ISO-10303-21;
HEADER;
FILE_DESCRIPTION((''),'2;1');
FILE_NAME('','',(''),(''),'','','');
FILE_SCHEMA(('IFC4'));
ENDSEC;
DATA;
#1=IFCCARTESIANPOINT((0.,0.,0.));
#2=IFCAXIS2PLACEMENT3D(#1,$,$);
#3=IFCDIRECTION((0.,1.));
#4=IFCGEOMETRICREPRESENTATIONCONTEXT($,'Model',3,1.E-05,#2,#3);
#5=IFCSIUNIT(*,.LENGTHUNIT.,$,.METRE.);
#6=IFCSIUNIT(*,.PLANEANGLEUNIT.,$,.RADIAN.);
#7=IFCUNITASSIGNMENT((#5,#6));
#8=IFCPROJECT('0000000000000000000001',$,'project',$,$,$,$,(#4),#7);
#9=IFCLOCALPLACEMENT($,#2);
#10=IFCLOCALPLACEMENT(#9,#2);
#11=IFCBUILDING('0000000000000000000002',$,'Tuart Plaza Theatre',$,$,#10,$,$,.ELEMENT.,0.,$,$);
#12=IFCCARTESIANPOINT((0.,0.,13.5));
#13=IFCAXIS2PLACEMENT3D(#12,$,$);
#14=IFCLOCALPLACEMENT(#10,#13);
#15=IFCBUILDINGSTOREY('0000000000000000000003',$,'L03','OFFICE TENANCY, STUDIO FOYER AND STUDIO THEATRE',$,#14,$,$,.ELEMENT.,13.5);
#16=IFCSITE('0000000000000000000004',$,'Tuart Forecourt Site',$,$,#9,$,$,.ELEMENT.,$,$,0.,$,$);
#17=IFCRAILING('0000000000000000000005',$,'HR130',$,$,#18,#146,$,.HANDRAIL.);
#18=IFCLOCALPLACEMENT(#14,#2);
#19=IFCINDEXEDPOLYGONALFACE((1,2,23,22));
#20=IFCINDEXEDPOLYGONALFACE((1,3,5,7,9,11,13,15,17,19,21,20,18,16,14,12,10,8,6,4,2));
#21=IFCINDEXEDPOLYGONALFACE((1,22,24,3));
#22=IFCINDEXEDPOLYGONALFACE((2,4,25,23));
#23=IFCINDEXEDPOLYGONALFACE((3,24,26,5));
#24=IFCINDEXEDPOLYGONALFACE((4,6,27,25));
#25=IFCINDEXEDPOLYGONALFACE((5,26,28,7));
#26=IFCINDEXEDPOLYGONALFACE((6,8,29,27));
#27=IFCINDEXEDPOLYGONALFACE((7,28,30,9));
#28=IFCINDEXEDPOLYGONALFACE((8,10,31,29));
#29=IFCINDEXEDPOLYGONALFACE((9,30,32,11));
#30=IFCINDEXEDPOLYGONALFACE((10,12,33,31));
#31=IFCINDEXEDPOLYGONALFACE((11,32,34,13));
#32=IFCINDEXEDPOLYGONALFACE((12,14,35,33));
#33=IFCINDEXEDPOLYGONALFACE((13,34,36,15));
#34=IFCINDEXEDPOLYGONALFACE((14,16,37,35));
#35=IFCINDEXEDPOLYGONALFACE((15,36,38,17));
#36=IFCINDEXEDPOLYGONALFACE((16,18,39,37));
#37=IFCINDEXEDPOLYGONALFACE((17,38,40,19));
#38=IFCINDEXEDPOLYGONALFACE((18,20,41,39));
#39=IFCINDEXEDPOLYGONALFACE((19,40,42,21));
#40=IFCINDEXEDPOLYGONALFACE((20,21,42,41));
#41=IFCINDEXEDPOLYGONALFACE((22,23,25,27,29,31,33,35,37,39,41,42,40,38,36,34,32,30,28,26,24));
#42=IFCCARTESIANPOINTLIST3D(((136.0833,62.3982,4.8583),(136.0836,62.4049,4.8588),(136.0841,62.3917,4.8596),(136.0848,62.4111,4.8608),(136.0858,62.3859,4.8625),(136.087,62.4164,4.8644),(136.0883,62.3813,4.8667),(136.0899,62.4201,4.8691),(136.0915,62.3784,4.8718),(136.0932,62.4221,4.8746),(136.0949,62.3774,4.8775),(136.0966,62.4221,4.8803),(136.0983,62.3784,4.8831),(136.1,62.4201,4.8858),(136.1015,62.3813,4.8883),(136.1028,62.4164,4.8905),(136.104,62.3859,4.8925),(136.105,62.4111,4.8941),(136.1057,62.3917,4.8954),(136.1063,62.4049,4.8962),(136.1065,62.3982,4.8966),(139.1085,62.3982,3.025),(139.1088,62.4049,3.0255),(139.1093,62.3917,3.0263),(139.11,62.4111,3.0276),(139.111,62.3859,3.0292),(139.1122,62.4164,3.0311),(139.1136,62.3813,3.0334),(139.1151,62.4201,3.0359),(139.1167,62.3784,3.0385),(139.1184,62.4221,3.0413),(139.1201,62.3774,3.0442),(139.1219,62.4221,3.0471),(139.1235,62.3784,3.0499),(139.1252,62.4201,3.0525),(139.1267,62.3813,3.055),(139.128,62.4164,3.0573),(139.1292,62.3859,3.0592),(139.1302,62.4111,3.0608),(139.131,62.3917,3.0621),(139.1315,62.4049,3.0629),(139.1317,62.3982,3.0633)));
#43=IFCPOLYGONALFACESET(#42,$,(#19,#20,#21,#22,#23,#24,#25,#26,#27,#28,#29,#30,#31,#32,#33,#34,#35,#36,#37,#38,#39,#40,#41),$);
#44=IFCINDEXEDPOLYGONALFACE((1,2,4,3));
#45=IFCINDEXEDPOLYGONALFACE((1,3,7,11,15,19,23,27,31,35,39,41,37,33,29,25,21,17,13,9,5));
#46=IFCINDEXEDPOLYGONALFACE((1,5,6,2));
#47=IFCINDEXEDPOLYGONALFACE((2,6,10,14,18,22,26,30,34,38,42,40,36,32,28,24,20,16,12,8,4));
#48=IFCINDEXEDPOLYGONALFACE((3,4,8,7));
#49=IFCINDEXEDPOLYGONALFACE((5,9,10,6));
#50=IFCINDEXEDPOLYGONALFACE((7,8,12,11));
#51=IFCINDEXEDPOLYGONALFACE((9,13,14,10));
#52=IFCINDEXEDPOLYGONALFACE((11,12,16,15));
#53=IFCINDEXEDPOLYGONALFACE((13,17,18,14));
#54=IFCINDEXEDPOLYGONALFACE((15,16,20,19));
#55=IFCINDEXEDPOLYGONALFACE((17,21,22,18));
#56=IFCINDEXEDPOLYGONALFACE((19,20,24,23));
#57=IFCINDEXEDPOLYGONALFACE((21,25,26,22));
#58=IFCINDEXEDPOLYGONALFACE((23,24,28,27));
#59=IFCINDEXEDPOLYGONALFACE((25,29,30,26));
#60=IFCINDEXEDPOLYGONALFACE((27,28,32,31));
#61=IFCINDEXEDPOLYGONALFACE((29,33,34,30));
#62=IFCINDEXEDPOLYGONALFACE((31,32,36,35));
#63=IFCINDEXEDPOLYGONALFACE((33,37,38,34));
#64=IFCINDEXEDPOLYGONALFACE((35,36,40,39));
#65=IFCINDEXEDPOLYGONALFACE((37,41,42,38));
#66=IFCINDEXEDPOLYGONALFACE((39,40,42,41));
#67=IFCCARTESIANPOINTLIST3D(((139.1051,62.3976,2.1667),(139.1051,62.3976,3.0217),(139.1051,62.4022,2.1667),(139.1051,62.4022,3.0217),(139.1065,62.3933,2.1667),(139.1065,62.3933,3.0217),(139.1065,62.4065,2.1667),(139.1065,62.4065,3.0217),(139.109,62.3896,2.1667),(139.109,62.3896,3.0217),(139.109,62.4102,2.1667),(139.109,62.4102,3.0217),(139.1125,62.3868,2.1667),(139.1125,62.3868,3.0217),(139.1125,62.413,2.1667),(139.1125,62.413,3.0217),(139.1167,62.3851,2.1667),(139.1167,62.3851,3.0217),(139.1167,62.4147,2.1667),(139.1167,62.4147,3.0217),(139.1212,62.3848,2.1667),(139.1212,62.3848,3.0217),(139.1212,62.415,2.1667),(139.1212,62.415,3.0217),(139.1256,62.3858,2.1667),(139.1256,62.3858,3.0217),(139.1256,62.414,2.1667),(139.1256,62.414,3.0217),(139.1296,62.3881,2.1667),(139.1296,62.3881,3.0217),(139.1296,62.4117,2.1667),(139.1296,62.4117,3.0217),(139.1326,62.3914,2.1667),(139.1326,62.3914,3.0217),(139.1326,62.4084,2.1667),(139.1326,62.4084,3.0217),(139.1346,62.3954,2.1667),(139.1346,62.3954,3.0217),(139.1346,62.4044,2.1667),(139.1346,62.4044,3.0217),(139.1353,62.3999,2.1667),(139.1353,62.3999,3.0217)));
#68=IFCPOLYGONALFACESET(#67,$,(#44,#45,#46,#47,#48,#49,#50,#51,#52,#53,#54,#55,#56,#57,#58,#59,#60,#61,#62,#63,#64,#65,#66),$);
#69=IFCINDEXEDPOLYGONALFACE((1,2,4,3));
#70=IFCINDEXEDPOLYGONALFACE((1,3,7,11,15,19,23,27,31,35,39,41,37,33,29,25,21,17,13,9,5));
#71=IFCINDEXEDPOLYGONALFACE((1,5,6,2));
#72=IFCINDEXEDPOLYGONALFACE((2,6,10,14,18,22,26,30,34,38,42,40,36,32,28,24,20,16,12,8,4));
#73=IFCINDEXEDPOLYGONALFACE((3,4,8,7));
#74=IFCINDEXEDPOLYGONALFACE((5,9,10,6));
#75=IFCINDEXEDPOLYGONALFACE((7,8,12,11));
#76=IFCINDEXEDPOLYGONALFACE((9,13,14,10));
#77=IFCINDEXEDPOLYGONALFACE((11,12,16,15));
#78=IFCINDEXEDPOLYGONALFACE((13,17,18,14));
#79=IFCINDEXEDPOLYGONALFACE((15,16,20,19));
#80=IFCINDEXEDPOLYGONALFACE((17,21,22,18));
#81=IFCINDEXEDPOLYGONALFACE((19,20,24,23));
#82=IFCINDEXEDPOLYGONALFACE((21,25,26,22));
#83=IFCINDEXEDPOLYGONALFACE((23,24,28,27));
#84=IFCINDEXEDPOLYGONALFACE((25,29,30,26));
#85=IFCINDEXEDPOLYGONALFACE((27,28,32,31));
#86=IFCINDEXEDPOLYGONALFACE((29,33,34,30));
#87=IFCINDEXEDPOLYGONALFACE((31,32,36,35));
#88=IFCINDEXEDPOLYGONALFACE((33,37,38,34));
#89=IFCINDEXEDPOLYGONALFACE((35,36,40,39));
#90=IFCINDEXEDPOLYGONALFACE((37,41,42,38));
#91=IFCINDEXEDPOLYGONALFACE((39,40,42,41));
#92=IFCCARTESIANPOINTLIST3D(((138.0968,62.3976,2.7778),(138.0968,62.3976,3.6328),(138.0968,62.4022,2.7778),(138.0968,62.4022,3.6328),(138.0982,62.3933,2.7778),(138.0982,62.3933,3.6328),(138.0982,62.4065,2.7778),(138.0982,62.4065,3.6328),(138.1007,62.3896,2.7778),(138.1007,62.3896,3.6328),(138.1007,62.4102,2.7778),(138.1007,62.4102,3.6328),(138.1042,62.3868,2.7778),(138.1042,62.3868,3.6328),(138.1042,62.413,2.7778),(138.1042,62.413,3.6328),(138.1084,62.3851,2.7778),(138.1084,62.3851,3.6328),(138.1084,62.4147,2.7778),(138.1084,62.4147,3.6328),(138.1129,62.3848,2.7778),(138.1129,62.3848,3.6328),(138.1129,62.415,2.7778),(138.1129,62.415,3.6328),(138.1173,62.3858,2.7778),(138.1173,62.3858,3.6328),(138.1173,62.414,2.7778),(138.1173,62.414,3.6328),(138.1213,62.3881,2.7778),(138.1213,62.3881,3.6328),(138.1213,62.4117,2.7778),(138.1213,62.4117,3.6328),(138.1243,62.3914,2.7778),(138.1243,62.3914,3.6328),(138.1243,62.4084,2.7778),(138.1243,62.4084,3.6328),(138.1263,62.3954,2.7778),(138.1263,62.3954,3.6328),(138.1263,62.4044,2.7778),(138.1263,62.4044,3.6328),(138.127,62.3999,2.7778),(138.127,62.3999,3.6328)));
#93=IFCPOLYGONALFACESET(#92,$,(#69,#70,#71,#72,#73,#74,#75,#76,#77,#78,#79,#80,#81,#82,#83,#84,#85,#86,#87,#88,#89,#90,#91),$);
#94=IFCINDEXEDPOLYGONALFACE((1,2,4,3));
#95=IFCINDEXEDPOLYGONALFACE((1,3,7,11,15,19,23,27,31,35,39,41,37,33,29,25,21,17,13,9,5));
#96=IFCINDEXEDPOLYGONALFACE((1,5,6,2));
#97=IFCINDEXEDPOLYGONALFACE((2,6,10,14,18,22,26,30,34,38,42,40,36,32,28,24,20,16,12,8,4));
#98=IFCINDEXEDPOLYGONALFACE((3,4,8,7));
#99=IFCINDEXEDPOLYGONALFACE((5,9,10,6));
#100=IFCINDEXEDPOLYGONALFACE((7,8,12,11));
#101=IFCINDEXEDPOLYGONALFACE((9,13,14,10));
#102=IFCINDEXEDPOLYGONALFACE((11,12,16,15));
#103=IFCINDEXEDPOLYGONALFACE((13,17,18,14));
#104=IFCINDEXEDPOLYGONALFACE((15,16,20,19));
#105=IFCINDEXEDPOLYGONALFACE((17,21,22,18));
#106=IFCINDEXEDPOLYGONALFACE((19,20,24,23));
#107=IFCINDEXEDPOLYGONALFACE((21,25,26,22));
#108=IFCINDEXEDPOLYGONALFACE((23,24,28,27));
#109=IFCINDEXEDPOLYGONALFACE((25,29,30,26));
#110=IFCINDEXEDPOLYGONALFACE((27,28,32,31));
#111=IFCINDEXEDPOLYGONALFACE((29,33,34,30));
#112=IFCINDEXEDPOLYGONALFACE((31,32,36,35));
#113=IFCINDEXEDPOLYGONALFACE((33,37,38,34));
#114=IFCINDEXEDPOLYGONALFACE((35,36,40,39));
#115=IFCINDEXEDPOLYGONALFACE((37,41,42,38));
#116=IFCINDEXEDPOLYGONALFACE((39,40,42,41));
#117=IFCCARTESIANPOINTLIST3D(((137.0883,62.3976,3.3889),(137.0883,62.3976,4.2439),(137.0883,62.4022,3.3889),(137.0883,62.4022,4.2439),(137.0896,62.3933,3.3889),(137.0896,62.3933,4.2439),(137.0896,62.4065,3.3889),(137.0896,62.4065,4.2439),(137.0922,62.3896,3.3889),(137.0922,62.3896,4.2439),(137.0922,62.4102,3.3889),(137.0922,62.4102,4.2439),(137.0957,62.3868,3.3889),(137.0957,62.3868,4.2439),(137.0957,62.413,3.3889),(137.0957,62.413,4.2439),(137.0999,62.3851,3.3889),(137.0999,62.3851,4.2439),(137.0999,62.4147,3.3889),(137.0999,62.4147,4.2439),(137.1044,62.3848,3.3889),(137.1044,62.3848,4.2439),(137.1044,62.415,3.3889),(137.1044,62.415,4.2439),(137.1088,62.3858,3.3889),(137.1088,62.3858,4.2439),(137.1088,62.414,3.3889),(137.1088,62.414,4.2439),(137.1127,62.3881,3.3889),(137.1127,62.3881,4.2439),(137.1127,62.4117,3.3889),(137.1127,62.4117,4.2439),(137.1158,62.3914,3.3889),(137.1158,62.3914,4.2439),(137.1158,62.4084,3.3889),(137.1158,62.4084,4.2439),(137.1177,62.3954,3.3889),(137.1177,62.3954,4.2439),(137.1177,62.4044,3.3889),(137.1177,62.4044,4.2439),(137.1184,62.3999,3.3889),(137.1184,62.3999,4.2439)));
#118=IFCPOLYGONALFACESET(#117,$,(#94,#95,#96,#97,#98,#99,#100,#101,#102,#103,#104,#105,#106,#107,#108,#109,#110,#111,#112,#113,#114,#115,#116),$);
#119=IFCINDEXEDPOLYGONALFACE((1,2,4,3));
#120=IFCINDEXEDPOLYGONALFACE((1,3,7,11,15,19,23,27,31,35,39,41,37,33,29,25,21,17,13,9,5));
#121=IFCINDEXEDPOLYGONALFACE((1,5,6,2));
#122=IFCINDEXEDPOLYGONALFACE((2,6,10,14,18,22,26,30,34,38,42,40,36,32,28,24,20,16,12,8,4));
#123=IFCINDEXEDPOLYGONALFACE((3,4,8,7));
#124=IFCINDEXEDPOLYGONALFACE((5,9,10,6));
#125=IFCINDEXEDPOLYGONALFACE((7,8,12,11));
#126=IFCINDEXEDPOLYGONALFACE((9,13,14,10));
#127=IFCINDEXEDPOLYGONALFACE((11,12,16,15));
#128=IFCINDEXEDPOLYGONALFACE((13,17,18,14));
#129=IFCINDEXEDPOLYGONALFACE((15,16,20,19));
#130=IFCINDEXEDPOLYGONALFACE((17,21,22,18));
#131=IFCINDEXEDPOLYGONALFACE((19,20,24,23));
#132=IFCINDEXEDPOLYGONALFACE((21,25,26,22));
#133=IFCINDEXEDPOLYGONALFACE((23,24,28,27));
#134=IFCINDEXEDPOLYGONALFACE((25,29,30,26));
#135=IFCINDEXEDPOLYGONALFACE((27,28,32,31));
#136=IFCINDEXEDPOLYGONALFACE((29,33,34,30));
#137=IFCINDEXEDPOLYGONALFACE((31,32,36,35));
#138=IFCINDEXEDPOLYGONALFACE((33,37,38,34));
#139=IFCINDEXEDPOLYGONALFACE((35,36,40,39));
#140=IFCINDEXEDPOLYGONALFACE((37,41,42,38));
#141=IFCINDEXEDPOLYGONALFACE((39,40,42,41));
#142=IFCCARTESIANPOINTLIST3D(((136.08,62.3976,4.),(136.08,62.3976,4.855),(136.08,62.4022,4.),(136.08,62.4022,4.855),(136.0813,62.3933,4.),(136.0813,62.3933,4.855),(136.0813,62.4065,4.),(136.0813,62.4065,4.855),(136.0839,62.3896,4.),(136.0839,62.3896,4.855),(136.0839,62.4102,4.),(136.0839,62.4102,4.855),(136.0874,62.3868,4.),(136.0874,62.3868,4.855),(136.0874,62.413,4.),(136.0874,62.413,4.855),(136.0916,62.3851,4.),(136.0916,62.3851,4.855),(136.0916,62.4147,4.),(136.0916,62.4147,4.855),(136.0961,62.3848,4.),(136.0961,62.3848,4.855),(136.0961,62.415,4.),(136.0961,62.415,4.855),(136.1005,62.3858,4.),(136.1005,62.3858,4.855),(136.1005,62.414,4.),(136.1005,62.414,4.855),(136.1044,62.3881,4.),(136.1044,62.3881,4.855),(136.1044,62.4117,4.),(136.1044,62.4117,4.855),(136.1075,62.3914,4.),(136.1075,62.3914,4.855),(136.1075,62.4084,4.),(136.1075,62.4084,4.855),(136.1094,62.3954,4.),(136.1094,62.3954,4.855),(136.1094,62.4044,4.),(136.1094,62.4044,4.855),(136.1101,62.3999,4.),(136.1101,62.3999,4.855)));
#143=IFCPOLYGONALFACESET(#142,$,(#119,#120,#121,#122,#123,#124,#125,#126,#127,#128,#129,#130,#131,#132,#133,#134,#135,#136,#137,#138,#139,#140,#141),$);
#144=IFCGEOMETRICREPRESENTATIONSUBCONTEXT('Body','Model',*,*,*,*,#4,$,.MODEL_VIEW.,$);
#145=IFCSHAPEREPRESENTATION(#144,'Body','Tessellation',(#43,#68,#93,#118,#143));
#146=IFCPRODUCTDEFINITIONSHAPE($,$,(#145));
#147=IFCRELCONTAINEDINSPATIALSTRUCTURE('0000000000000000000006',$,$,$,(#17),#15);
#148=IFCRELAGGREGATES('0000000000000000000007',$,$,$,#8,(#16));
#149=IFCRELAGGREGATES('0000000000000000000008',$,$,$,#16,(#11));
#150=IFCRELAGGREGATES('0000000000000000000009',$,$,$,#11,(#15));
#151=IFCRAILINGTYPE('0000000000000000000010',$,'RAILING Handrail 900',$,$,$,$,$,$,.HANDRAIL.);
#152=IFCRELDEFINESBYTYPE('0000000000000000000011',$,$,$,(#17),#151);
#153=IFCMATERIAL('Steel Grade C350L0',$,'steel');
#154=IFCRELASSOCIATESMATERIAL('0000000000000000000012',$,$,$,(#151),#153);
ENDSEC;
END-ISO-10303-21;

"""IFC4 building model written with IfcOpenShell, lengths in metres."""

from ifc_helpers import new_model, si_unit, direction, frame, origin, origin_2d, place, context, subcontext, project, spatial, circle, extrude, material, type_object, element, save


model = new_model("IFC4")

# Units and contexts
model_context = context("Model", 3, precision=1e-05, world=origin(), true_north=direction((0.0, 1.0)))
body_context = subcontext(model_context, "Body", "Model", "MODEL_VIEW")
ifc_project = project(units=[si_unit("LENGTHUNIT", "METRE"), si_unit("PLANEANGLEUNIT", "RADIAN")], contexts=[model_context])

# Site, building, storey
site_placement = place(None, origin())
site = spatial("IfcSite", under=ifc_project, at=site_placement, Name="Tuart Forecourt Site", CompositionType="ELEMENT", RefElevation=0.0)
building_placement = place(site_placement, origin())
building = spatial("IfcBuilding", under=site, at=building_placement, Name="Tuart Plaza Theatre", CompositionType="ELEMENT", ElevationOfRefHeight=0.0)
storey_placement = place(building_placement, frame((0.0, 0.0, 13.5)))
storey = spatial("IfcBuildingStorey", under=building, at=storey_placement, Name="L03", Description="OFFICE TENANCY, STUDIO FOYER AND STUDIO THEATRE", CompositionType="ELEMENT", Elevation=13.5)

# Railing
ifc_material_1 = material(Name="Steel Grade C350L0", Category="steel")
railing_type_1 = type_object("IfcRailingType", Name="RAILING Handrail 900", PredefinedType="HANDRAIL", material=ifc_material_1)
for number, where, name in (
    (1, (139.1201, 62.3999, 2.1667), "HR130"),
):
    element("IfcRailing", number, at=place(storey_placement, frame(where)), inside=storey, type_object=railing_type_1, Name=name, PredefinedType="HANDRAIL", context=body_context, shape_type="SweptSolid", body=[
        extrude(circle(Radius=0.0225, at=origin_2d()), frame((0.0, 0.0, 0.8774), z_axis=(-0.855219, 0.0, 0.518267), x_axis=(0.0, -1.0, 0.0)), (0.0, 0.0, 1.0), 3.5374),
        extrude(circle(Radius=0.0151, at=origin_2d()), origin(), (0.0, 0.0, 1.0), 0.855),
        extrude(circle(Radius=0.0151, at=origin_2d()), frame((-1.0083, 0.0, 0.6111)), (0.0, 0.0, 1.0), 0.855),
        extrude(circle(Radius=0.0151, at=origin_2d()), frame((-2.0168, 0.0, 1.2222)), (0.0, 0.0, 1.0), 0.855),
        extrude(circle(Radius=0.0151, at=origin_2d()), frame((-3.0251, 0.0, 1.8333)), (0.0, 0.0, 1.0), 0.855),
    ])

save(model, "model.ifc")
